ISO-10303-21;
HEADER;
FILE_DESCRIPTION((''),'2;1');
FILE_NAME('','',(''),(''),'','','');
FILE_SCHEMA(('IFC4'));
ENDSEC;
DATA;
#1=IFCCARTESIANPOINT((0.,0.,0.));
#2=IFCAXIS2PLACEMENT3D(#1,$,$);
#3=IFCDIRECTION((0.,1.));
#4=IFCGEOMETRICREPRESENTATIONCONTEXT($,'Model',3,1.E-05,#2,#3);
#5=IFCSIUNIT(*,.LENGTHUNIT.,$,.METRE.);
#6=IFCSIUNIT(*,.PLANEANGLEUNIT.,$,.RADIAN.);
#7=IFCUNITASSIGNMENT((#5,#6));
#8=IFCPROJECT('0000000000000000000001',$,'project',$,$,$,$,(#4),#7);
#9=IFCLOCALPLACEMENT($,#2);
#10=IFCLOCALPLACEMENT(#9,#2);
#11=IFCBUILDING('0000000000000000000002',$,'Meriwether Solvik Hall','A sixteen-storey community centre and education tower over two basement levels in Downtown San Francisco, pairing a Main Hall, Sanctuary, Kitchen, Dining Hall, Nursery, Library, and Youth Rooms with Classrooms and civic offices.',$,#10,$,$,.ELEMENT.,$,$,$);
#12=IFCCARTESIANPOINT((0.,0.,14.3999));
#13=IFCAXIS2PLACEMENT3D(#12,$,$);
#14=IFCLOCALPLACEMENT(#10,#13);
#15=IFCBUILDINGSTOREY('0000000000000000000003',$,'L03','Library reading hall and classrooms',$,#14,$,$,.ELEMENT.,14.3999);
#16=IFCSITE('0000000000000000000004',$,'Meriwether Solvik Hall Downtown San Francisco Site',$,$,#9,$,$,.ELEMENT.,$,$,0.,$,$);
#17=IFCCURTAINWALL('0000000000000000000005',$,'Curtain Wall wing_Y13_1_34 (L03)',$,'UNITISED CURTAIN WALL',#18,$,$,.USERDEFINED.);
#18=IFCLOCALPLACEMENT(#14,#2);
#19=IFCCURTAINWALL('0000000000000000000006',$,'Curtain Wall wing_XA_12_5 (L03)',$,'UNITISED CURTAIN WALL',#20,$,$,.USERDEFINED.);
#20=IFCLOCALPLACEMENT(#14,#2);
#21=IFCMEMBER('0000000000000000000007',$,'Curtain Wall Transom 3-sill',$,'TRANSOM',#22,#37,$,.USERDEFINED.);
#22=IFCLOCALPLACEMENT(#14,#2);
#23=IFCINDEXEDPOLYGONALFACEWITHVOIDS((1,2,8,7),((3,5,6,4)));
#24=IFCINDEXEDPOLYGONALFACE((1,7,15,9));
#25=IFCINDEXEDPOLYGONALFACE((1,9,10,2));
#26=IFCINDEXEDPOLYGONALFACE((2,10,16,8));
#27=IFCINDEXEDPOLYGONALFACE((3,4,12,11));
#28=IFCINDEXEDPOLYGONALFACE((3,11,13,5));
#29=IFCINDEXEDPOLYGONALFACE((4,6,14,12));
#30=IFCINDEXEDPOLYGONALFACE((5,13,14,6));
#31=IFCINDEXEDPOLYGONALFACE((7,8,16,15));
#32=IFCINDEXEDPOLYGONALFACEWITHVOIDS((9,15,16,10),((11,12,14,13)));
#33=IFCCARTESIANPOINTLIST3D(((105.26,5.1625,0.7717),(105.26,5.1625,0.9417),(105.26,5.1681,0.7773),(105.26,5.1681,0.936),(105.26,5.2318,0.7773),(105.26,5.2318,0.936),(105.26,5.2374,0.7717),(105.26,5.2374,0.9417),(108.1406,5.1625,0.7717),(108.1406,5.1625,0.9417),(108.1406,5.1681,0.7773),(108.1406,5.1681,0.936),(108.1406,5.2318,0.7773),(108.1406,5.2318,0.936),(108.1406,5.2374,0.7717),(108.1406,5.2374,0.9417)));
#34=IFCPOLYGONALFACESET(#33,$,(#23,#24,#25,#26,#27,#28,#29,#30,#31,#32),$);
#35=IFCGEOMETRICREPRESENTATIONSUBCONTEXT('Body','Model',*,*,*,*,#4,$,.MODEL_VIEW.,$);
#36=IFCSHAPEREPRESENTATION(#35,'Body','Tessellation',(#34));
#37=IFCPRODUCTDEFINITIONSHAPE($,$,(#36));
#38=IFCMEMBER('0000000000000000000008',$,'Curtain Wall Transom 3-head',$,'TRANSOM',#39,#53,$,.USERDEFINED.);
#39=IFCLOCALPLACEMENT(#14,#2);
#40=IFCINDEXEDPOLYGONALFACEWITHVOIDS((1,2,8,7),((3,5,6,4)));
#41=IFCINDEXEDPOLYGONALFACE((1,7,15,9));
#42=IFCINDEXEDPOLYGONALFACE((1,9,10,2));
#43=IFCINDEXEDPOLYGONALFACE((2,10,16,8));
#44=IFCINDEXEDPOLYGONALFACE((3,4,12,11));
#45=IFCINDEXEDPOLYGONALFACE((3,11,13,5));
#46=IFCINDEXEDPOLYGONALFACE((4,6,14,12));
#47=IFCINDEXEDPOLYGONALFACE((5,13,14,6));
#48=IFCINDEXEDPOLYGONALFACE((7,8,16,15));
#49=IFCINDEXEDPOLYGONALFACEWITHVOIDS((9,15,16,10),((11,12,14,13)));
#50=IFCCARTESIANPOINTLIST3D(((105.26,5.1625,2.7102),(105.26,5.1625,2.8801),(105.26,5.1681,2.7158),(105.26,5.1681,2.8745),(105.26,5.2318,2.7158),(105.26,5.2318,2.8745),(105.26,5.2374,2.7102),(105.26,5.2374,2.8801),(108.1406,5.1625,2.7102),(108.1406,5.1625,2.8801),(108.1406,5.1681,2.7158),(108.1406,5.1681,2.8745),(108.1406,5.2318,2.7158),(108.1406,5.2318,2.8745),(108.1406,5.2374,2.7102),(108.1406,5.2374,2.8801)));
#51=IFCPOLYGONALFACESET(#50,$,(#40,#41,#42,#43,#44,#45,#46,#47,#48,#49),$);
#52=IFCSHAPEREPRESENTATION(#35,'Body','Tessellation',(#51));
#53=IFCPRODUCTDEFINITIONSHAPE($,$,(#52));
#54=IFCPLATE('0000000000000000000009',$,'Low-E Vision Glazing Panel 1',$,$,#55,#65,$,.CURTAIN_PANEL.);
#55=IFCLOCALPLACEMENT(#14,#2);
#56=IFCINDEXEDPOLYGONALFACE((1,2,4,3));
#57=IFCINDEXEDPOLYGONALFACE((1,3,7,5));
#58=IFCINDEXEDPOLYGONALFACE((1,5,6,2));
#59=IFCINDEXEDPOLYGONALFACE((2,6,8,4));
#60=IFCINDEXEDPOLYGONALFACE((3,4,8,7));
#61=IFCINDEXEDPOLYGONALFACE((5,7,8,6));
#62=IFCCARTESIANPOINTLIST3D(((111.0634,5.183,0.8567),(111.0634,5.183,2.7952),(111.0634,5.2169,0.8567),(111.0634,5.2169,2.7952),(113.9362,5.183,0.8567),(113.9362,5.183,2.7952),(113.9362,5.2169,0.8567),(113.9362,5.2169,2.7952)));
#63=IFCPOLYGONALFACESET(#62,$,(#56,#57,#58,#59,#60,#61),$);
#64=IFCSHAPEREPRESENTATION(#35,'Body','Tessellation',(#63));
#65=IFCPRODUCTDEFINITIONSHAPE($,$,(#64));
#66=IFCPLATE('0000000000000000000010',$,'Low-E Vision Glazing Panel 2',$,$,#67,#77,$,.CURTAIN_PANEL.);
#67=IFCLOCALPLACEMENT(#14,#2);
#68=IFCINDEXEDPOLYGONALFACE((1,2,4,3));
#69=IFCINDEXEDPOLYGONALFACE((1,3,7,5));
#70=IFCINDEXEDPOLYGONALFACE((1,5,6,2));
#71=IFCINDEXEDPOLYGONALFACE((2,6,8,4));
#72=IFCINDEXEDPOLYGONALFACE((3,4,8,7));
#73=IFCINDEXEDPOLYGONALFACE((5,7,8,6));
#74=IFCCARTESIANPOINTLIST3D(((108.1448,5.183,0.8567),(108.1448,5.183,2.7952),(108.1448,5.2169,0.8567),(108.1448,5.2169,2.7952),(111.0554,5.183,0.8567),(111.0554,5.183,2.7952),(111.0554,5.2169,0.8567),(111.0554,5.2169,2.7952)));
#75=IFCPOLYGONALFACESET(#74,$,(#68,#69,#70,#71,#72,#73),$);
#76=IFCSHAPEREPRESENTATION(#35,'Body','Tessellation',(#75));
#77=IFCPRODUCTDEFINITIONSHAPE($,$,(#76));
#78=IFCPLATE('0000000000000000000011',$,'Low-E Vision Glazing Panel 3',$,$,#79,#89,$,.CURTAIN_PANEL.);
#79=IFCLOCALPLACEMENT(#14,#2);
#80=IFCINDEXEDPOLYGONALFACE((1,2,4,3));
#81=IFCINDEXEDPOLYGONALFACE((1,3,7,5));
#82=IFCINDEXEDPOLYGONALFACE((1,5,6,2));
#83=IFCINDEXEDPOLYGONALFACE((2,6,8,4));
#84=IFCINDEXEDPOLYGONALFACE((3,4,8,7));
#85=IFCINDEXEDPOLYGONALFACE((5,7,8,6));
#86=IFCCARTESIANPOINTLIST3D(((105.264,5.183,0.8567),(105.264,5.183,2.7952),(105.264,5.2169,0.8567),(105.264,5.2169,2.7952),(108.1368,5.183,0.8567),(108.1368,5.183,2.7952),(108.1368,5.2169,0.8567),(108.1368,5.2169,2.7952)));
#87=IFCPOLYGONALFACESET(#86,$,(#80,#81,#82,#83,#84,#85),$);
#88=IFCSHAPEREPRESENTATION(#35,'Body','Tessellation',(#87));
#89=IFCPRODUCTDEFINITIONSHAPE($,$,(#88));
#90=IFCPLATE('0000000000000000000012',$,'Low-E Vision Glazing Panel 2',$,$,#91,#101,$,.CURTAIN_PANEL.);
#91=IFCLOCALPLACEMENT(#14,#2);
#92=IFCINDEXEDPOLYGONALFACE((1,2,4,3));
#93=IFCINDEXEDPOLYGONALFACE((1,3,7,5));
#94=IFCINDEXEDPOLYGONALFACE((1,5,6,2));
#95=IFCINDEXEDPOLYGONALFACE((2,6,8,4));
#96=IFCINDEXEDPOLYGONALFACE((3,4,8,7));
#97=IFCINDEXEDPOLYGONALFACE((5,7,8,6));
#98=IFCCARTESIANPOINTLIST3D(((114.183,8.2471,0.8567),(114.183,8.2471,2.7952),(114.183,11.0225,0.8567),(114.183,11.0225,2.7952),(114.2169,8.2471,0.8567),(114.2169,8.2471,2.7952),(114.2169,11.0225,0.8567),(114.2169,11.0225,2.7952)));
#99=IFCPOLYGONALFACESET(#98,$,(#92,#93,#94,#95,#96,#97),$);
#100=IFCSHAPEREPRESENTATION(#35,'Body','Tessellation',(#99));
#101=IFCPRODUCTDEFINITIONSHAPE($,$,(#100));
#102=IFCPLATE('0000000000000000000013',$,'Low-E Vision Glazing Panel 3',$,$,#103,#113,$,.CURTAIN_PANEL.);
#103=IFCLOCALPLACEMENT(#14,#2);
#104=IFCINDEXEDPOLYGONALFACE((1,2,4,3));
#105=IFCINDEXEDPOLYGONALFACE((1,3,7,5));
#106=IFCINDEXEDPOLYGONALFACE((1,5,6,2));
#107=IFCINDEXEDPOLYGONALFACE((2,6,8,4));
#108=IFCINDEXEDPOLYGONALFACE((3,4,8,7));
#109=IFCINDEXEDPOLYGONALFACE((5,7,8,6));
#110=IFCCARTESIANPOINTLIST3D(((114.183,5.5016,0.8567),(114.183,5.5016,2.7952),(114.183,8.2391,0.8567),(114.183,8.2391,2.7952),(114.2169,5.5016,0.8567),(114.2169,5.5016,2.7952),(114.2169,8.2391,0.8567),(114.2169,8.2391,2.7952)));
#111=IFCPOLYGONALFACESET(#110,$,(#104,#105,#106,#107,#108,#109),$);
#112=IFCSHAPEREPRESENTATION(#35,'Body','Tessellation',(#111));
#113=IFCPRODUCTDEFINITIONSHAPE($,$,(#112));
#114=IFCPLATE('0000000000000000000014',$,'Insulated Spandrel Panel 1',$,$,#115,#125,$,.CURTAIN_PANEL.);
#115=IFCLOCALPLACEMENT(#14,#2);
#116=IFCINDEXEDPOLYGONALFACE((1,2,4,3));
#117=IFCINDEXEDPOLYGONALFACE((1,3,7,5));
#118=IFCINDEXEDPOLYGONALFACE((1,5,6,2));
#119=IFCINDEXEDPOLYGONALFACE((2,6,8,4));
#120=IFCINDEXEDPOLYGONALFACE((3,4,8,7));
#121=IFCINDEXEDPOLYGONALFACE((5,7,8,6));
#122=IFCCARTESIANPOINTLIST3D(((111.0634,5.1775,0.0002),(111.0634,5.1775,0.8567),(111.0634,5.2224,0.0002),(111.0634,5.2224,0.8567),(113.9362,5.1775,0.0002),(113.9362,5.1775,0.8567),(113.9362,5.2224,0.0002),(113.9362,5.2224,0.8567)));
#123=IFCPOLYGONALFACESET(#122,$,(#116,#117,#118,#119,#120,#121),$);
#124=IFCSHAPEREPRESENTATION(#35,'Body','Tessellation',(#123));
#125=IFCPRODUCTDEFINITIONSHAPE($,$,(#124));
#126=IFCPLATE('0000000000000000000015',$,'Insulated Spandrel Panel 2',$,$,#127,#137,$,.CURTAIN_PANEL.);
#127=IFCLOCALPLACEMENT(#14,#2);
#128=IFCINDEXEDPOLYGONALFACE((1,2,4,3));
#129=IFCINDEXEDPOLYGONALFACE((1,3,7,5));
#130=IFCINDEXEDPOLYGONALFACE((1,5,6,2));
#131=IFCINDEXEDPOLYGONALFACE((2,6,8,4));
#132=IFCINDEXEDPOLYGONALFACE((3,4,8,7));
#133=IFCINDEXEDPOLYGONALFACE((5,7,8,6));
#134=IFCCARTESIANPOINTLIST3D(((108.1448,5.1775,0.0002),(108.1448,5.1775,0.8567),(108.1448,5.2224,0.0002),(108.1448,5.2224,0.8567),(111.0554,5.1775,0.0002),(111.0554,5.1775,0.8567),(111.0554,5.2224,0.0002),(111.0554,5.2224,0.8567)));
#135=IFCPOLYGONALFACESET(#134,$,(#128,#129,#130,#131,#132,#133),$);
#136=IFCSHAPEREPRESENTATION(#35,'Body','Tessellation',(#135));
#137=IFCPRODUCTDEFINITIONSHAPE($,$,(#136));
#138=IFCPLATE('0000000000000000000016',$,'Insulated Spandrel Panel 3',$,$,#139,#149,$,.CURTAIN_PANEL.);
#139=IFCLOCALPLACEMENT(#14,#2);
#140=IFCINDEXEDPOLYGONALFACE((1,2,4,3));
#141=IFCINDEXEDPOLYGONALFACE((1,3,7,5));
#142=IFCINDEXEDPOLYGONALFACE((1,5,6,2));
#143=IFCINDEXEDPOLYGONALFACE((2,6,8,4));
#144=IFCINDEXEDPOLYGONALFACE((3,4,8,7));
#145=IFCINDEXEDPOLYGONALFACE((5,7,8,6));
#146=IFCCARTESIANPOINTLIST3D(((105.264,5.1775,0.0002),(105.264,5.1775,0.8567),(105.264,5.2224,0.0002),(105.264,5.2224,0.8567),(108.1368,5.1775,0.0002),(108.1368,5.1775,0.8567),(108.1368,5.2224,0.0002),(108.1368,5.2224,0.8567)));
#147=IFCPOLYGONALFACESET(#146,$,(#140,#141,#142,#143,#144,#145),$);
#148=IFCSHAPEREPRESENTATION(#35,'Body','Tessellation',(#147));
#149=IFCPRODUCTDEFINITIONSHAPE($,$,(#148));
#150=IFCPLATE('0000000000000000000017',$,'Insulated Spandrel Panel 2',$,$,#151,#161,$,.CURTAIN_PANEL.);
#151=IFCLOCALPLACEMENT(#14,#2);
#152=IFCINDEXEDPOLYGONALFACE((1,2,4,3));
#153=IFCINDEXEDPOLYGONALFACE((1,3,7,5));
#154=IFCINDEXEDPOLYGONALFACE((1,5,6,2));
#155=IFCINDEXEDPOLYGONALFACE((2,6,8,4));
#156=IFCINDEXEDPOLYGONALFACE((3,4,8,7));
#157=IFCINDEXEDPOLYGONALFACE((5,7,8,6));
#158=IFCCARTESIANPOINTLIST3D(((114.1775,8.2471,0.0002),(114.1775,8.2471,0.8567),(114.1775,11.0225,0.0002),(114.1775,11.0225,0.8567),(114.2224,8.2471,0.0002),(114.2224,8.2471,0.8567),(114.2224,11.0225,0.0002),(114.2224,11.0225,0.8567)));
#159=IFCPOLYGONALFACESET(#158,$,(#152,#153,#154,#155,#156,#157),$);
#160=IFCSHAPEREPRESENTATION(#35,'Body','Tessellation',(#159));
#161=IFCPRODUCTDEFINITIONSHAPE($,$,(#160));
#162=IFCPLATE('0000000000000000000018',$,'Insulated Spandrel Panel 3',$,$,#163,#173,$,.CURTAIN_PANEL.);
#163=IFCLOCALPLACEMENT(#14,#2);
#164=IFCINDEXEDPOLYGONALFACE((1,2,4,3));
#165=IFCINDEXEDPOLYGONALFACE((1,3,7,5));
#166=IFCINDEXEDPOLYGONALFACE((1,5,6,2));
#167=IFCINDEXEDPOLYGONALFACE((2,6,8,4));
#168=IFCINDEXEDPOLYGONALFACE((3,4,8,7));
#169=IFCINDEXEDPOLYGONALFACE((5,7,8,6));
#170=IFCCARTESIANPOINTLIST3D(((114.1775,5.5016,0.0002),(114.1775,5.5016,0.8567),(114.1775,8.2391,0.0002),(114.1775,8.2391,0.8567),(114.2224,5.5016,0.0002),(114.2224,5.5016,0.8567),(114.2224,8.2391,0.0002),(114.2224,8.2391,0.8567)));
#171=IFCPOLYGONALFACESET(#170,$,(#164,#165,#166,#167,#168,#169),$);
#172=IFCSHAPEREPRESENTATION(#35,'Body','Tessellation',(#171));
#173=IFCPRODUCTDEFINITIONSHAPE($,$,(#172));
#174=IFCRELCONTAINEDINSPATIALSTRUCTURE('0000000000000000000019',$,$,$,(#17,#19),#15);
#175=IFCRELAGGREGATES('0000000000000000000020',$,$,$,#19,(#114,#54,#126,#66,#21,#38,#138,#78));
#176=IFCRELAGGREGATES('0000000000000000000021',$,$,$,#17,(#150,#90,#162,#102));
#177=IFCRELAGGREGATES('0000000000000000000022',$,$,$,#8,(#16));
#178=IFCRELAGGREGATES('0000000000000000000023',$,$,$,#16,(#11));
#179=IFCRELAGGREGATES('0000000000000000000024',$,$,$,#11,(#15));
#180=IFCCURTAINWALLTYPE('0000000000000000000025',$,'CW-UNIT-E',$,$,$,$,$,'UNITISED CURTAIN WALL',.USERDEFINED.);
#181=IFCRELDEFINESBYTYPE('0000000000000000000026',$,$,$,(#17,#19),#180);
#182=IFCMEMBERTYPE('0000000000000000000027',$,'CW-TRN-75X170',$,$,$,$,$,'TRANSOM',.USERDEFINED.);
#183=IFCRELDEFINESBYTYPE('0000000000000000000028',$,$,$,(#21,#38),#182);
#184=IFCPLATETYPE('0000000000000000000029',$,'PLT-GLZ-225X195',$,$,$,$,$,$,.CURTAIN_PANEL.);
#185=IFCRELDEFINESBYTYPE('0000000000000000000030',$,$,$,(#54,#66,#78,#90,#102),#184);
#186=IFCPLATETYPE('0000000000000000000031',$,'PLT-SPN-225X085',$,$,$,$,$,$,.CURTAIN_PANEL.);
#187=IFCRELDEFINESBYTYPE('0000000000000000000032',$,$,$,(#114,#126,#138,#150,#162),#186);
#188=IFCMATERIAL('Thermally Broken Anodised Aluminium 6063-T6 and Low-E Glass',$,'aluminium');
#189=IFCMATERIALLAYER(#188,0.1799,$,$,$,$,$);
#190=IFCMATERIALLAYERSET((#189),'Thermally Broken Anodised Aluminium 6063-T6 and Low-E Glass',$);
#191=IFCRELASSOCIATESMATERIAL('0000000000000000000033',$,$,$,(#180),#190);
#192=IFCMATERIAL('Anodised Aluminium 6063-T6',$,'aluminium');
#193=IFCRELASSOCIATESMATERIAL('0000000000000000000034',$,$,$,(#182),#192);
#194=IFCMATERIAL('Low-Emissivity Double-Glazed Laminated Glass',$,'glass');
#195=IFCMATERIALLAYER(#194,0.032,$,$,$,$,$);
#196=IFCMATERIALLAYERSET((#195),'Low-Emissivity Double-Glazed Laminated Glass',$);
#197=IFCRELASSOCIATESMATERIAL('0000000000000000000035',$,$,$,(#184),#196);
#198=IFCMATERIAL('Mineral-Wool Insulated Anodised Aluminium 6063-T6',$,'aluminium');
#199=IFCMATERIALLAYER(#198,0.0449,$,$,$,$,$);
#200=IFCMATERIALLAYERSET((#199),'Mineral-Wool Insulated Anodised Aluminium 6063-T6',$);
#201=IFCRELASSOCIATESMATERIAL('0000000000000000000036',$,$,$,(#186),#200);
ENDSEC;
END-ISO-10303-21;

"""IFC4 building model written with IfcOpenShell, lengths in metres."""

from ifc_helpers import new_model, si_unit, direction, frame, origin, origin_2d, place, context, subcontext, project, spatial, rectangle, hollow_rectangle, extrude, material, layer, layer_set, material_profile, profile_set, type_object, element, aggregate, save


model = new_model("IFC4")

# Units and contexts
model_context = context("Model", 3, precision=1e-05, world=origin(), true_north=direction((0.0, 1.0)))
body_context = subcontext(model_context, "Body", "Model", "MODEL_VIEW")
ifc_project = project(units=[si_unit("LENGTHUNIT", "METRE"), si_unit("PLANEANGLEUNIT", "RADIAN")], contexts=[model_context])

# Site, building, storey
site_placement = place(None, origin())
site = spatial("IfcSite", under=ifc_project, at=site_placement, Name="Meriwether Solvik Hall Downtown San Francisco Site", CompositionType="ELEMENT", RefElevation=0.0)
building_placement = place(site_placement, origin())
building = spatial("IfcBuilding", under=site, at=building_placement, Name="Meriwether Solvik Hall", Description="A sixteen-storey community centre and education tower over two basement levels in Downtown San Francisco, pairing a Main Hall, Sanctuary, Kitchen, Dining Hall, Nursery, Library, and Youth Rooms with Classrooms and civic offices.", CompositionType="ELEMENT")
storey_placement = place(building_placement, frame((0.0, 0.0, 14.3999)))
storey = spatial("IfcBuildingStorey", under=building, at=storey_placement, Name="L03", Description="Library reading hall and classrooms", CompositionType="ELEMENT", Elevation=14.3999)

# Curtain walls
ifc_material_1 = material(Name="Thermally Broken Anodised Aluminium 6063-T6 and Low-E Glass", Category="aluminium")
ifc_layer_1 = layer(ifc_material_1, 0.1799)
ifc_layer_set_1 = layer_set([ifc_layer_1], Name="Thermally Broken Anodised Aluminium 6063-T6 and Low-E Glass")
curtain_wall_type = type_object("IfcCurtainWallType", Name="CW-UNIT-E", ElementType="UNITISED CURTAIN WALL", PredefinedType="USERDEFINED", material=ifc_layer_set_1)
curtain_wall_1_placement = place(storey_placement, origin())
curtain_wall_1 = element("IfcCurtainWall", 1, at=curtain_wall_1_placement, inside=storey, type_object=curtain_wall_type, Name="Curtain Wall wing_Y13_1_34 (L03)", ObjectType="UNITISED CURTAIN WALL", PredefinedType="USERDEFINED")
curtain_wall_2_placement = place(storey_placement, origin())
curtain_wall_2 = element("IfcCurtainWall", 2, at=curtain_wall_2_placement, inside=storey, type_object=curtain_wall_type, Name="Curtain Wall wing_XA_12_5 (L03)", ObjectType="UNITISED CURTAIN WALL", PredefinedType="USERDEFINED")

# Members
ifc_material_2 = material(Name="Anodised Aluminium 6063-T6", Category="aluminium")
ifc_material_profile_1 = material_profile(ifc_material_2, hollow_rectangle(XDim=0.075, YDim=0.1699, WallThickness=0.0056, at=origin_2d()), Name="CWT-75X170")
ifc_profile_set_1 = profile_set([ifc_material_profile_1], Name="Anodised Aluminium 6063-T6")
member_type_1 = type_object("IfcMemberType", Name="CW-TRN-75X170", ElementType="TRANSOM", PredefinedType="USERDEFINED", material=ifc_profile_set_1)
member_1_placement = place(storey_placement, frame((108.1406, 5.2, 0.8567), z_axis=(-1.0, 0.0, 0.0), x_axis=(0.0, -1.0, 0.0)))
member_1 = element("IfcMember", 3, at=member_1_placement, type_object=member_type_1, Name="Curtain Wall Transom 3-sill", ObjectType="TRANSOM", PredefinedType="USERDEFINED", context=body_context, shape_type="SweptSolid", body=[
    extrude(hollow_rectangle(XDim=0.075, YDim=0.1699, WallThickness=0.0056, at=origin_2d()), origin(), (0.0, 0.0, 1.0), 2.8806),
])
member_2_placement = place(storey_placement, frame((108.1406, 5.2, 2.7952), z_axis=(-1.0, 0.0, 0.0), x_axis=(0.0, -1.0, 0.0)))
member_2 = element("IfcMember", 4, at=member_2_placement, type_object=member_type_1, Name="Curtain Wall Transom 3-head", ObjectType="TRANSOM", PredefinedType="USERDEFINED", context=body_context, shape_type="SweptSolid", body=[
    extrude(hollow_rectangle(XDim=0.075, YDim=0.1699, WallThickness=0.0056, at=origin_2d()), origin(), (0.0, 0.0, 1.0), 2.8806),
])

# Plates
ifc_material_3 = material(Name="Low-Emissivity Double-Glazed Laminated Glass", Category="glass")
ifc_layer_2 = layer(ifc_material_3, 0.032)
ifc_layer_set_2 = layer_set([ifc_layer_2], Name="Low-Emissivity Double-Glazed Laminated Glass")
plate_type_1 = type_object("IfcPlateType", Name="PLT-GLZ-225X195", PredefinedType="CURTAIN_PANEL", material=ifc_layer_set_2)
plate_1_placement = place(storey_placement, frame((112.4998, 5.2, 0.8567), z_axis=(0.0, 0.0, 1.0), x_axis=(-1.0, 0.0, 0.0)))
plate_1 = element("IfcPlate", 5, at=plate_1_placement, type_object=plate_type_1, Name="Low-E Vision Glazing Panel 1", PredefinedType="CURTAIN_PANEL", context=body_context, shape_type="SweptSolid", body=[
    extrude(rectangle(XDim=2.8728, YDim=0.0339, at=origin_2d()), origin(), (0.0, 0.0, 1.0), 1.9385),
])
plate_2_placement = place(storey_placement, frame((109.6001, 5.2, 0.8567), z_axis=(0.0, 0.0, 1.0), x_axis=(-1.0, 0.0, 0.0)))
plate_2 = element("IfcPlate", 6, at=plate_2_placement, type_object=plate_type_1, Name="Low-E Vision Glazing Panel 2", PredefinedType="CURTAIN_PANEL", context=body_context, shape_type="SweptSolid", body=[
    extrude(rectangle(XDim=2.9106, YDim=0.0339, at=origin_2d()), origin(), (0.0, 0.0, 1.0), 1.9385),
])
plate_3_placement = place(storey_placement, frame((106.7004, 5.2, 0.8567), z_axis=(0.0, 0.0, 1.0), x_axis=(-1.0, 0.0, 0.0)))
plate_3 = element("IfcPlate", 7, at=plate_3_placement, type_object=plate_type_1, Name="Low-E Vision Glazing Panel 3", PredefinedType="CURTAIN_PANEL", context=body_context, shape_type="SweptSolid", body=[
    extrude(rectangle(XDim=2.8728, YDim=0.0339, at=origin_2d()), origin(), (0.0, 0.0, 1.0), 1.9385),
])
plate_4_placement = place(storey_placement, frame((114.2, 9.6348, 0.8567), z_axis=(0.0, 0.0, 1.0), x_axis=(0.0, -1.0, 0.0)))
plate_4 = element("IfcPlate", 8, at=plate_4_placement, type_object=plate_type_1, Name="Low-E Vision Glazing Panel 2", PredefinedType="CURTAIN_PANEL", context=body_context, shape_type="SweptSolid", body=[
    extrude(rectangle(XDim=2.7754, YDim=0.0339, at=origin_2d()), origin(), (0.0, 0.0, 1.0), 1.9385),
])
plate_5_placement = place(storey_placement, frame((114.2, 6.8704, 0.8567), z_axis=(0.0, 0.0, 1.0), x_axis=(0.0, -1.0, 0.0)))
plate_5 = element("IfcPlate", 9, at=plate_5_placement, type_object=plate_type_1, Name="Low-E Vision Glazing Panel 3", PredefinedType="CURTAIN_PANEL", context=body_context, shape_type="SweptSolid", body=[
    extrude(rectangle(XDim=2.7375, YDim=0.0339, at=origin_2d()), origin(), (0.0, 0.0, 1.0), 1.9385),
])
ifc_material_4 = material(Name="Mineral-Wool Insulated Anodised Aluminium 6063-T6", Category="aluminium")
ifc_layer_3 = layer(ifc_material_4, 0.0449)
ifc_layer_set_3 = layer_set([ifc_layer_3], Name="Mineral-Wool Insulated Anodised Aluminium 6063-T6")
plate_type_2 = type_object("IfcPlateType", Name="PLT-SPN-225X085", PredefinedType="CURTAIN_PANEL", material=ifc_layer_set_3)
plate_6_placement = place(storey_placement, frame((112.4998, 5.2, 0.0002), z_axis=(0.0, 0.0, 1.0), x_axis=(-1.0, 0.0, 0.0)))
plate_6 = element("IfcPlate", 10, at=plate_6_placement, type_object=plate_type_2, Name="Insulated Spandrel Panel 1", PredefinedType="CURTAIN_PANEL", context=body_context, shape_type="SweptSolid", body=[
    extrude(rectangle(XDim=2.8728, YDim=0.0449, at=origin_2d()), origin(), (0.0, 0.0, 1.0), 0.8564),
])
plate_7_placement = place(storey_placement, frame((109.6001, 5.2, 0.0002), z_axis=(0.0, 0.0, 1.0), x_axis=(-1.0, 0.0, 0.0)))
plate_7 = element("IfcPlate", 11, at=plate_7_placement, type_object=plate_type_2, Name="Insulated Spandrel Panel 2", PredefinedType="CURTAIN_PANEL", context=body_context, shape_type="SweptSolid", body=[
    extrude(rectangle(XDim=2.9106, YDim=0.0449, at=origin_2d()), origin(), (0.0, 0.0, 1.0), 0.8564),
])
plate_8_placement = place(storey_placement, frame((106.7004, 5.2, 0.0002), z_axis=(0.0, 0.0, 1.0), x_axis=(-1.0, 0.0, 0.0)))
plate_8 = element("IfcPlate", 12, at=plate_8_placement, type_object=plate_type_2, Name="Insulated Spandrel Panel 3", PredefinedType="CURTAIN_PANEL", context=body_context, shape_type="SweptSolid", body=[
    extrude(rectangle(XDim=2.8728, YDim=0.0449, at=origin_2d()), origin(), (0.0, 0.0, 1.0), 0.8564),
])
aggregate(curtain_wall_2, [plate_6, plate_1, plate_7, plate_2, member_1, member_2, plate_8, plate_3])
plate_9_placement = place(storey_placement, frame((114.2, 9.6348, 0.0002), z_axis=(0.0, 0.0, 1.0), x_axis=(0.0, -1.0, 0.0)))
plate_9 = element("IfcPlate", 13, at=plate_9_placement, type_object=plate_type_2, Name="Insulated Spandrel Panel 2", PredefinedType="CURTAIN_PANEL", context=body_context, shape_type="SweptSolid", body=[
    extrude(rectangle(XDim=2.7754, YDim=0.0449, at=origin_2d()), origin(), (0.0, 0.0, 1.0), 0.8564),
])
plate_10_placement = place(storey_placement, frame((114.2, 6.8704, 0.0002), z_axis=(0.0, 0.0, 1.0), x_axis=(0.0, -1.0, 0.0)))
plate_10 = element("IfcPlate", 14, at=plate_10_placement, type_object=plate_type_2, Name="Insulated Spandrel Panel 3", PredefinedType="CURTAIN_PANEL", context=body_context, shape_type="SweptSolid", body=[
    extrude(rectangle(XDim=2.7375, YDim=0.0449, at=origin_2d()), origin(), (0.0, 0.0, 1.0), 0.8564),
])
aggregate(curtain_wall_1, [plate_9, plate_4, plate_10, plate_5])

save(model, "model.ifc")
